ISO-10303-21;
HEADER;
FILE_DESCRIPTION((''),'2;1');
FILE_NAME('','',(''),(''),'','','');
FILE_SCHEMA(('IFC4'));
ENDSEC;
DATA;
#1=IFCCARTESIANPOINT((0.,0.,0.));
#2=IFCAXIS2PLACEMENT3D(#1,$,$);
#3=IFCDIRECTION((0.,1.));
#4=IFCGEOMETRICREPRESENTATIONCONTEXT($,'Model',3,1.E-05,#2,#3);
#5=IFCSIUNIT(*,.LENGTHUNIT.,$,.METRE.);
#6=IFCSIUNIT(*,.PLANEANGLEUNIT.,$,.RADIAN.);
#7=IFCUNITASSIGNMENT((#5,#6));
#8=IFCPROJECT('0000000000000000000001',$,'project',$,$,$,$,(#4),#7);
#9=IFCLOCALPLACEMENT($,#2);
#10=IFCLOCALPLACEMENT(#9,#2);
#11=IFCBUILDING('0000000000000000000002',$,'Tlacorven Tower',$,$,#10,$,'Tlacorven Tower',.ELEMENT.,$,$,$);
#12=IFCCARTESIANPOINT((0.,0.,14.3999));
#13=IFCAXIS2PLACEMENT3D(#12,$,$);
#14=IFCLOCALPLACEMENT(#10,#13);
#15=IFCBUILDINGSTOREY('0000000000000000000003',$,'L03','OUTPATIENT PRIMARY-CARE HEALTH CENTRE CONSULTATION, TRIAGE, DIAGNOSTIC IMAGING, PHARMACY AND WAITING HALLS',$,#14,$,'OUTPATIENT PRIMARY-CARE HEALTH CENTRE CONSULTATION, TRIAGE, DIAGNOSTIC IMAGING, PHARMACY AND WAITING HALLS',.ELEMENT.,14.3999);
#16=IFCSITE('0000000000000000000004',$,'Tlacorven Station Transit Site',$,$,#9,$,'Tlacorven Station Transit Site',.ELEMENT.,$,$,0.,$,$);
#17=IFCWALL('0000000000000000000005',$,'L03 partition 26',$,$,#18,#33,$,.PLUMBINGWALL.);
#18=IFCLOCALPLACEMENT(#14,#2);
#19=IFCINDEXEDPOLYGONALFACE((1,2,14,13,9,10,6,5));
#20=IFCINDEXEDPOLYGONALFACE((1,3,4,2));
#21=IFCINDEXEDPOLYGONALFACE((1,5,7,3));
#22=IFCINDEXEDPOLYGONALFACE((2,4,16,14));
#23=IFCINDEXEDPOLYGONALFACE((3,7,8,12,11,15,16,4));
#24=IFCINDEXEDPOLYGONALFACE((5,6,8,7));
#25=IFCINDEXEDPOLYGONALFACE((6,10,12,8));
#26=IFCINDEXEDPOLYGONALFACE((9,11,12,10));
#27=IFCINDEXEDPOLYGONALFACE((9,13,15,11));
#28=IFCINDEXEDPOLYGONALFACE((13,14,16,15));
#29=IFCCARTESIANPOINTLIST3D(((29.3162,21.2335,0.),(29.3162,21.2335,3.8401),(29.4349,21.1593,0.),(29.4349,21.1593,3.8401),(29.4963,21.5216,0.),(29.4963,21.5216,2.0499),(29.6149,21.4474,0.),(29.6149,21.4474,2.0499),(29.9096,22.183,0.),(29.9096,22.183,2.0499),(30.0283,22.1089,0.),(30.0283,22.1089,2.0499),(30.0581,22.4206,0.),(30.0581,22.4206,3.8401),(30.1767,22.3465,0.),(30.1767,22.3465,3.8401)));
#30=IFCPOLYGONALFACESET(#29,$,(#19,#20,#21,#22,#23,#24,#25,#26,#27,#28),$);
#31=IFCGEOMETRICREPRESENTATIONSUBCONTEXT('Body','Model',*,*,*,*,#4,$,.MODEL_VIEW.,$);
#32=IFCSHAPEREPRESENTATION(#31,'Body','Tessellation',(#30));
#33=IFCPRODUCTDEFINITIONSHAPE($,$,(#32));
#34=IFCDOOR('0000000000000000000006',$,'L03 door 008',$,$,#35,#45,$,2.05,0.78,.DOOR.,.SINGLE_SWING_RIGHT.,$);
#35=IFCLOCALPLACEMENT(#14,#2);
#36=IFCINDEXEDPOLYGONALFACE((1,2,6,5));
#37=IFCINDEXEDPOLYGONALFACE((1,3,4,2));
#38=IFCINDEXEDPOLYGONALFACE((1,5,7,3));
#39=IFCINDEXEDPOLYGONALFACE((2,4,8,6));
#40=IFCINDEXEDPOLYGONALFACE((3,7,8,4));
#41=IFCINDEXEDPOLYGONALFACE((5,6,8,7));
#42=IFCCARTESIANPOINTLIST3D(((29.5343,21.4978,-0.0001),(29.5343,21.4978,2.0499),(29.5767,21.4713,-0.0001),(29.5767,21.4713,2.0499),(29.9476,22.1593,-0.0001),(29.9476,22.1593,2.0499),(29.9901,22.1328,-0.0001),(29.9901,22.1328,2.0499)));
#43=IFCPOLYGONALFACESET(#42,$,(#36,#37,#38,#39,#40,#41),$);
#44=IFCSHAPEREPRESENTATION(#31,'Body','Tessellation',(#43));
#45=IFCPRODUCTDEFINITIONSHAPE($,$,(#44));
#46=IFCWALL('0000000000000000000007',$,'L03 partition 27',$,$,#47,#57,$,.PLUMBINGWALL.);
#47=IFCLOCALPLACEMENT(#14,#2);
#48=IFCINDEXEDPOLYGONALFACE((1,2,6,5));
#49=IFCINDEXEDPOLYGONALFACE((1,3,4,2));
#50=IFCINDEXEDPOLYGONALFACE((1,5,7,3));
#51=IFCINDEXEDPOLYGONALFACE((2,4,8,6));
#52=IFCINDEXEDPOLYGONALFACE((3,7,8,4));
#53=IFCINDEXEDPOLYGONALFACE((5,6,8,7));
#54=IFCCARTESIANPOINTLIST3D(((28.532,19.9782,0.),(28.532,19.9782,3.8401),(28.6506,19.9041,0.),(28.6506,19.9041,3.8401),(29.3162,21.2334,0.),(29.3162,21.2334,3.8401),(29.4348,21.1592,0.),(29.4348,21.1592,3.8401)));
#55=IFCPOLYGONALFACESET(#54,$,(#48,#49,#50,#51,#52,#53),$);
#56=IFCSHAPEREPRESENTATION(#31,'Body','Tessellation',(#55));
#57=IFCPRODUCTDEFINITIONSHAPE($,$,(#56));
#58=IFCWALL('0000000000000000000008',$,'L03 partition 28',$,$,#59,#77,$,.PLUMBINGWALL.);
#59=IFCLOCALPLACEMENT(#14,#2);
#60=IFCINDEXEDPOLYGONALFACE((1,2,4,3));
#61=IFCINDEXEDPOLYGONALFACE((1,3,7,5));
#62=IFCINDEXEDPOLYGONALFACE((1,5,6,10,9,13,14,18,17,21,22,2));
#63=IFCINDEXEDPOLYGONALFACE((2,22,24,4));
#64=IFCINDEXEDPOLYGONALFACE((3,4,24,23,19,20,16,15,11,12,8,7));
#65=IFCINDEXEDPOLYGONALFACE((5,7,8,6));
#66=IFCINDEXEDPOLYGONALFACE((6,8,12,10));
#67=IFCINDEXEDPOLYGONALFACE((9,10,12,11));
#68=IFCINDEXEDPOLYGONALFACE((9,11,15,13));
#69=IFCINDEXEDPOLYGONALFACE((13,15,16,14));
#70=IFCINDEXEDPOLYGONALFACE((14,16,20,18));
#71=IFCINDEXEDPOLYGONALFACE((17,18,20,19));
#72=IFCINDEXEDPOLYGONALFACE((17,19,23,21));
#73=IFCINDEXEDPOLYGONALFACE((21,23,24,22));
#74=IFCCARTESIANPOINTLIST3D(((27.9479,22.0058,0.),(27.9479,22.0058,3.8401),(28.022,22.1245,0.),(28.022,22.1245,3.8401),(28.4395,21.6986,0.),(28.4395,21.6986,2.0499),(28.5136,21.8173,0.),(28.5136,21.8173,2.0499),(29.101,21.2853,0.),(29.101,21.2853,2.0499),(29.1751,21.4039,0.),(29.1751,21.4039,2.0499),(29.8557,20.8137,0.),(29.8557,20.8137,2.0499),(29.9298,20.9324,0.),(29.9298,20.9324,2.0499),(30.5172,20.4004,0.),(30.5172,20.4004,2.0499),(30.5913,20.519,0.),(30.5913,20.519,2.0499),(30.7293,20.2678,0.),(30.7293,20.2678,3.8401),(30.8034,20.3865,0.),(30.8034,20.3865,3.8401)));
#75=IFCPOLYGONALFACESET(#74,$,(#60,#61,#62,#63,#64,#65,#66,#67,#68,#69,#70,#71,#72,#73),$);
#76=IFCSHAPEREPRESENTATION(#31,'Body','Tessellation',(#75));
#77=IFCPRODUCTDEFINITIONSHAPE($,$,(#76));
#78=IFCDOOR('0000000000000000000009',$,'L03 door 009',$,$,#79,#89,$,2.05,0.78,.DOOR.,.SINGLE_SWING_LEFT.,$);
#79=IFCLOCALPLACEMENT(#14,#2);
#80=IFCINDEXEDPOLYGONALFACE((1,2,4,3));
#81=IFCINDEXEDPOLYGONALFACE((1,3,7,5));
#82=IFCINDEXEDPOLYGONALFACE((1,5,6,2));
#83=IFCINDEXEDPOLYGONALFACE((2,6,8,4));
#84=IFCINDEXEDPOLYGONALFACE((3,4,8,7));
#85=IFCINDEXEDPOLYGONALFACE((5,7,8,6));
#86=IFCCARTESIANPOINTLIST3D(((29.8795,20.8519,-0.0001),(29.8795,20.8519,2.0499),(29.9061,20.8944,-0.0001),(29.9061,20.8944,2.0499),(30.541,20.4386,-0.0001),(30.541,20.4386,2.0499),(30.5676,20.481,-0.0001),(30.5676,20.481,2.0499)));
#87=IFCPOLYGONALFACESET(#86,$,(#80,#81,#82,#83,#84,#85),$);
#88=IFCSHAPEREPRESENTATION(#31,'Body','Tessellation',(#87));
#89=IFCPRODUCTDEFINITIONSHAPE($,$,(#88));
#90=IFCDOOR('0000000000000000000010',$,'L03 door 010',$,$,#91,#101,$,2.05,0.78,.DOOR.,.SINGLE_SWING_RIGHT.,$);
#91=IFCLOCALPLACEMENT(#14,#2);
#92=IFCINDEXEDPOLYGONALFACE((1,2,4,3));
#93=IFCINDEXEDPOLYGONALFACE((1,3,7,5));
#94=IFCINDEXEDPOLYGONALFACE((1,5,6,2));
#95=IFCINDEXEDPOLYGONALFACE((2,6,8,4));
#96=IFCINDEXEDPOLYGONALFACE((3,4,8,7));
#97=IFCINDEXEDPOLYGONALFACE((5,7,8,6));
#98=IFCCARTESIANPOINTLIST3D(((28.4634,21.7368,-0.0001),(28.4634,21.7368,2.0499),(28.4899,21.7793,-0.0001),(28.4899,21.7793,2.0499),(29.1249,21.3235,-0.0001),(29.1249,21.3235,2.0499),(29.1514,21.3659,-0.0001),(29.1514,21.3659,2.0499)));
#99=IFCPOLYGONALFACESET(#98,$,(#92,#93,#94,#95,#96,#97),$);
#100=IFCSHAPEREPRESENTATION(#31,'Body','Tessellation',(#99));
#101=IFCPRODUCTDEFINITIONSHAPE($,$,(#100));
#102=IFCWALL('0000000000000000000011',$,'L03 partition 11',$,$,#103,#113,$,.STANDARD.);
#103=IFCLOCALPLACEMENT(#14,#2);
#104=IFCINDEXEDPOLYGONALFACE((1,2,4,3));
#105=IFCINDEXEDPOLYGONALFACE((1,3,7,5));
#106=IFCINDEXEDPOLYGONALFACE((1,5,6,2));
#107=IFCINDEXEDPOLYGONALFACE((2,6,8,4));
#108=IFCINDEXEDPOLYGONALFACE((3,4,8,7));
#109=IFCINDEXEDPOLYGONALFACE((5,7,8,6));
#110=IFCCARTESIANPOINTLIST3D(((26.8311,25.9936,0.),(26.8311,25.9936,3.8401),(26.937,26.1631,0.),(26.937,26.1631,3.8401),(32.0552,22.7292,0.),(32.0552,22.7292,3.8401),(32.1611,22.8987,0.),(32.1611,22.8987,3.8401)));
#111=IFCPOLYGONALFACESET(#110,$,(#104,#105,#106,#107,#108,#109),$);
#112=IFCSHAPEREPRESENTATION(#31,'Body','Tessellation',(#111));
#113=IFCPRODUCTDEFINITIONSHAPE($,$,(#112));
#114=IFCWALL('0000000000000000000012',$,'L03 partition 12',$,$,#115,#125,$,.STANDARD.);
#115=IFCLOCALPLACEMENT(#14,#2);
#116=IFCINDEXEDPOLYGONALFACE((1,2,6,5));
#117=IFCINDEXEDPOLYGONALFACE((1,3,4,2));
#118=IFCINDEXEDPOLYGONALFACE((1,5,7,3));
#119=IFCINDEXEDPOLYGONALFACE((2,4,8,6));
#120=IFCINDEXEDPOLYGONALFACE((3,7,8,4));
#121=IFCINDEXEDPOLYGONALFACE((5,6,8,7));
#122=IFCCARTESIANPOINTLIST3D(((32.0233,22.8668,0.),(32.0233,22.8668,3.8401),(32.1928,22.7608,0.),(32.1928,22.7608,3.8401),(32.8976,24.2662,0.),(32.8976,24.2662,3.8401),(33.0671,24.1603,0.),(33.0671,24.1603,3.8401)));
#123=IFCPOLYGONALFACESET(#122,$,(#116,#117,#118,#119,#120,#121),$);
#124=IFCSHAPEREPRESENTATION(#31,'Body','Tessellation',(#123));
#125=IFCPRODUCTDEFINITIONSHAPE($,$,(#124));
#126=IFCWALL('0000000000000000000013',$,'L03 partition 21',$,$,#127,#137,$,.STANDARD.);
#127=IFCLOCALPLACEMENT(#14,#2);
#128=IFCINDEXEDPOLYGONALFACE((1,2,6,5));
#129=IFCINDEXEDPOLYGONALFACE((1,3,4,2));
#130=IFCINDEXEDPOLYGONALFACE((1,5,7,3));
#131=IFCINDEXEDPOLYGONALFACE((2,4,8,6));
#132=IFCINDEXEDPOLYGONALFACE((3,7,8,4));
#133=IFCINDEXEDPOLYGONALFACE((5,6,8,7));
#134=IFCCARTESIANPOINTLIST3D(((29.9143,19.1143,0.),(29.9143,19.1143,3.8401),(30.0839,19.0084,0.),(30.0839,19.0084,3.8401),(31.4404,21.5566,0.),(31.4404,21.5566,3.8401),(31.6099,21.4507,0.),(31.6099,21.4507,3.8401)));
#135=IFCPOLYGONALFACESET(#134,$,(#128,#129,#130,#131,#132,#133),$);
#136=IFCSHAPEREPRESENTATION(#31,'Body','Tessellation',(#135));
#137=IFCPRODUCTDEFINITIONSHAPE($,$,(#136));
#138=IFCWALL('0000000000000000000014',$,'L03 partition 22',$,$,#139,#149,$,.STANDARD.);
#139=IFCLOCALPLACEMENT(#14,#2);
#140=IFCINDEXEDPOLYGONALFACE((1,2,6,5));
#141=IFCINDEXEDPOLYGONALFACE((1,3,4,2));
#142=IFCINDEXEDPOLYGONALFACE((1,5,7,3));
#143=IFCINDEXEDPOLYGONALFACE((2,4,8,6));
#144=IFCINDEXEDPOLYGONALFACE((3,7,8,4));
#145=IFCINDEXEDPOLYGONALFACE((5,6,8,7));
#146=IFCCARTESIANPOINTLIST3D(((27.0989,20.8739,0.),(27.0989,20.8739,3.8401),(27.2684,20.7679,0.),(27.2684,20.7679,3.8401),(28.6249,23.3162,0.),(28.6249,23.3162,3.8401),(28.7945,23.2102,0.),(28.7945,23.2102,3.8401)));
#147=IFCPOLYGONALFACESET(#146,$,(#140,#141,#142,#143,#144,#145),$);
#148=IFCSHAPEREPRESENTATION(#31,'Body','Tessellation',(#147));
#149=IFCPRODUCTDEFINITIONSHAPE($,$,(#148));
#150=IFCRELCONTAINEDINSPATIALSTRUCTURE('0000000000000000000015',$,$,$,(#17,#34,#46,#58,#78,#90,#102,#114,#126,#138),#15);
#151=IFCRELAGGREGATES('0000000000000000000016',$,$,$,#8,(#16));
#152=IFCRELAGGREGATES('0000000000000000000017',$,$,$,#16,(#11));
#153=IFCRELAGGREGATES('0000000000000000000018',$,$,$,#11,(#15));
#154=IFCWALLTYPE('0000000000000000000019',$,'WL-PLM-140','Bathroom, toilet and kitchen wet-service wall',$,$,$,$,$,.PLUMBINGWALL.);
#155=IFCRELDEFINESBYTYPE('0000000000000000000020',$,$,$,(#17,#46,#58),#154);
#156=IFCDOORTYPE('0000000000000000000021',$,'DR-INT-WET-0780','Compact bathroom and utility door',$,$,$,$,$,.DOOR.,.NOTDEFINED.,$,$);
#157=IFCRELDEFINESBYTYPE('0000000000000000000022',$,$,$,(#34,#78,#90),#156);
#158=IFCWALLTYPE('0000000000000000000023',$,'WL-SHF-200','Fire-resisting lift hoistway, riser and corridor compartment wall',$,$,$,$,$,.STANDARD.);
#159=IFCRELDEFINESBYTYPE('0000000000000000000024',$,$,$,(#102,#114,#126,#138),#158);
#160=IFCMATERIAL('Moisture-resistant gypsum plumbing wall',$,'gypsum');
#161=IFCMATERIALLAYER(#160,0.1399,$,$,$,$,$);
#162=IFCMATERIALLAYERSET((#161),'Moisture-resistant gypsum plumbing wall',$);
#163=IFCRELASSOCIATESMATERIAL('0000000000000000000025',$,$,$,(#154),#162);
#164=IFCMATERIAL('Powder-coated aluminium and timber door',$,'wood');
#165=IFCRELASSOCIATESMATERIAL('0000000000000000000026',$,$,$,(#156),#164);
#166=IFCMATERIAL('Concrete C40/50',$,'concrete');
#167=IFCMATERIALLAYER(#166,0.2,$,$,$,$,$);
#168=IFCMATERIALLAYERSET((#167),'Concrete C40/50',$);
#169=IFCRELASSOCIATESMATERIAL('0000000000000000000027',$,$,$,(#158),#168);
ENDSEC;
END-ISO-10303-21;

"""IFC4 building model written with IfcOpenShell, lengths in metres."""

from ifc_helpers import new_model, si_unit, direction, frame, frame_2d, origin, place, context, subcontext, project, spatial, rectangle, extrude, source, transform, mapped, material, layer, layer_set, type_object, element, fill, save


model = new_model("IFC4")

# Units and contexts
model_context = context("Model", 3, precision=1e-05, world=origin(), true_north=direction((0.0, 1.0)))
body_context = subcontext(model_context, "Body", "Model", "MODEL_VIEW")
ifc_project = project(units=[si_unit("LENGTHUNIT", "METRE"), si_unit("PLANEANGLEUNIT", "RADIAN")], contexts=[model_context])

# Site, building, storey
site_placement = place(None, origin())
site = spatial("IfcSite", under=ifc_project, at=site_placement, Name="Tlacorven Station Transit Site", LongName="Tlacorven Station Transit Site", CompositionType="ELEMENT", RefElevation=0.0)
building_placement = place(site_placement, origin())
building = spatial("IfcBuilding", under=site, at=building_placement, Name="Tlacorven Tower", LongName="Tlacorven Tower", CompositionType="ELEMENT")
storey_placement = place(building_placement, frame((0.0, 0.0, 14.3999)))
storey = spatial("IfcBuildingStorey", under=building, at=storey_placement, Name="L03", Description="OUTPATIENT PRIMARY-CARE HEALTH CENTRE CONSULTATION, TRIAGE, DIAGNOSTIC IMAGING, PHARMACY AND WAITING HALLS", LongName="OUTPATIENT PRIMARY-CARE HEALTH CENTRE CONSULTATION, TRIAGE, DIAGNOSTIC IMAGING, PHARMACY AND WAITING HALLS", CompositionType="ELEMENT", Elevation=14.3999)

# Wall, opening, door
ifc_material_1 = material(Name="Moisture-resistant gypsum plumbing wall", Category="gypsum")
ifc_layer_1 = layer(ifc_material_1, 0.1399)
ifc_layer_set_1 = layer_set([ifc_layer_1], Name="Moisture-resistant gypsum plumbing wall")
wall_type_1 = type_object("IfcWallType", Name="WL-PLM-140", Description="Bathroom, toilet and kitchen wet-service wall", PredefinedType="PLUMBINGWALL", material=ifc_layer_set_1)
wall_1_placement = place(storey_placement, frame((30.1174, 22.3835, 0.0), z_axis=(0.0, 0.0, 1.0), x_axis=(-0.529952, -0.848028, 0.0)))
wall_1 = element("IfcWall", 1, at=wall_1_placement, inside=storey, type_object=wall_type_1, Name="L03 partition 26", PredefinedType="PLUMBINGWALL", context=body_context, shape_type="SweptSolid", body=[
    extrude(rectangle(XDim=1.3999, YDim=0.1399, at=frame_2d((0.7, 0.0))), origin(), (0.0, 0.0, 1.0), 3.8401),
])
opening_1_placement = place(wall_1_placement, frame((0.28, 0.0, 0.0)))
opening_1 = element("IfcOpeningElement", 2, at=opening_1_placement, cuts=wall_1, PredefinedType="OPENING", context=body_context, shape_type="SweptSolid", body=[
    extrude(rectangle(XDim=0.78, YDim=2.05, at=frame_2d((0.3901, 1.0249))), frame((0.0, 0.0801, 0.0), z_axis=(0.0, -1.0, 0.0), x_axis=(1.0, 0.0, 0.0)), (0.0, 0.0, 1.0), 0.1599),
])
ifc_material_2 = material(Name="Powder-coated aluminium and timber door", Category="wood")
door_type_1 = type_object("IfcDoorType", Name="DR-INT-WET-0780", Description="Compact bathroom and utility door", OperationType="NOTDEFINED", PredefinedType="DOOR", material=ifc_material_2)
shared_shape_1 = source(origin(), body_context, "Body", "SweptSolid", [
    extrude(rectangle(XDim=0.78, YDim=2.05, at=frame_2d((0.3901, 1.0249))), frame((0.0, 0.0249, 0.0), z_axis=(0.0, -1.0, 0.0), x_axis=(1.0, 0.0, 0.0)), (0.0, 0.0, 1.0), 0.05),
])
door_1_placement = place(opening_1_placement, origin())
door_1 = element("IfcDoor", 3, at=door_1_placement, inside=storey, type_object=door_type_1, Name="L03 door 008", OperationType="SINGLE_SWING_RIGHT", OverallHeight=2.05, OverallWidth=0.78, PredefinedType="DOOR", context=body_context, shape_type="MappedRepresentation", body=[
    mapped(shared_shape_1, transform((0.0, 0.0, 0.0), scale=1.0)),
])
fill(opening_1, door_1)

# Wall
wall_2_placement = place(storey_placement, frame((29.3755, 21.1963, 0.0), z_axis=(0.0, 0.0, 1.0), x_axis=(-0.529865, -0.848082, 0.0)))
element("IfcWall", 4, at=wall_2_placement, inside=storey, type_object=wall_type_1, Name="L03 partition 27", PredefinedType="PLUMBINGWALL", context=body_context, shape_type="SweptSolid", body=[
    extrude(rectangle(XDim=1.48, YDim=0.1399, at=frame_2d((0.74, 0.0))), origin(), (0.0, 0.0, 1.0), 3.8401),
])

# Wall, openings, doors
wall_3_placement = place(storey_placement, frame((30.7664, 20.3271, 0.0), z_axis=(0.0, 0.0, 1.0), x_axis=(-0.848053, 0.529912, 0.0)))
wall_3 = element("IfcWall", 5, at=wall_3_placement, inside=storey, type_object=wall_type_1, Name="L03 partition 28", PredefinedType="PLUMBINGWALL", context=body_context, shape_type="SweptSolid", body=[
    extrude(rectangle(XDim=3.2798, YDim=0.1399, at=frame_2d((1.6399, 0.0))), origin(), (0.0, 0.0, 1.0), 3.8401),
])
opening_2_placement = place(wall_3_placement, frame((0.25, 0.0, 0.0)))
opening_2 = element("IfcOpeningElement", 6, at=opening_2_placement, cuts=wall_3, PredefinedType="OPENING", context=body_context, shape_type="SweptSolid", body=[
    extrude(rectangle(XDim=0.78, YDim=2.05, at=frame_2d((0.3901, 1.0249))), frame((0.0, 0.0801, 0.0), z_axis=(0.0, -1.0, 0.0), x_axis=(1.0, 0.0, 0.0)), (0.0, 0.0, 1.0), 0.1599),
])
opening_3_placement = place(wall_3_placement, frame((1.9199, 0.0, 0.0)))
opening_3 = element("IfcOpeningElement", 7, at=opening_3_placement, cuts=wall_3, PredefinedType="OPENING", context=body_context, shape_type="SweptSolid", body=[
    extrude(rectangle(XDim=0.78, YDim=2.05, at=frame_2d((0.3901, 1.0249))), frame((0.0, 0.0801, 0.0), z_axis=(0.0, -1.0, 0.0), x_axis=(1.0, 0.0, 0.0)), (0.0, 0.0, 1.0), 0.1599),
])
door_2_placement = place(opening_2_placement, origin())
door_2 = element("IfcDoor", 8, at=door_2_placement, inside=storey, type_object=door_type_1, Name="L03 door 009", OperationType="SINGLE_SWING_LEFT", OverallHeight=2.05, OverallWidth=0.78, PredefinedType="DOOR", context=body_context, shape_type="MappedRepresentation", body=[
    mapped(shared_shape_1, transform((0.0, 0.0, 0.0), scale=1.0)),
])
fill(opening_2, door_2)
door_3_placement = place(opening_3_placement, origin())
door_3 = element("IfcDoor", 9, at=door_3_placement, inside=storey, type_object=door_type_1, Name="L03 door 010", OperationType="SINGLE_SWING_RIGHT", OverallHeight=2.05, OverallWidth=0.78, PredefinedType="DOOR", context=body_context, shape_type="MappedRepresentation", body=[
    mapped(shared_shape_1, transform((0.0, 0.0, 0.0), scale=1.0)),
])
fill(opening_3, door_3)

# Walls
ifc_material_3 = material(Name="Concrete C40/50", Category="concrete")
ifc_layer_2 = layer(ifc_material_3, 0.2)
ifc_layer_set_2 = layer_set([ifc_layer_2], Name="Concrete C40/50")
wall_type_2 = type_object("IfcWallType", Name="WL-SHF-200", Description="Fire-resisting lift hoistway, riser and corridor compartment wall", PredefinedType="STANDARD", material=ifc_layer_set_2)
wall_4_placement = place(storey_placement, frame((32.1082, 22.814, 0.0), z_axis=(0.0, 0.0, 1.0), x_axis=(-0.848047, 0.529921, 0.0)))
element("IfcWall", 10, at=wall_4_placement, inside=storey, type_object=wall_type_2, Name="L03 partition 11", PredefinedType="STANDARD", context=body_context, shape_type="SweptSolid", body=[
    extrude(rectangle(XDim=6.1602, YDim=0.2, at=frame_2d((3.0801, 0.0))), origin(), (0.0, 0.0, 1.0), 3.8401),
])
wall_5_placement = place(storey_placement, frame((32.9824, 24.2134, 0.0), z_axis=(0.0, 0.0, 1.0), x_axis=(-0.529839, -0.848098, 0.0)))
element("IfcWall", 11, at=wall_5_placement, inside=storey, type_object=wall_type_2, Name="L03 partition 12", PredefinedType="STANDARD", context=body_context, shape_type="SweptSolid", body=[
    extrude(rectangle(XDim=1.6501, YDim=0.2, at=frame_2d((0.8252, 0.0))), origin(), (0.0, 0.0, 1.0), 3.8401),
])
for number, where, z_axis, x_axis, name in (
    (12, (31.5251, 21.5037, 0.0), (0.0, 0.0, 1.0), (-0.529907, -0.848055, 0.0), "L03 partition 21"),
    (13, (28.7097, 23.2632, 0.0), (0.0, 0.0, 1.0), (-0.529907, -0.848055, 0.0), "L03 partition 22"),
):
    element("IfcWall", number, at=place(storey_placement, frame(where, z_axis=z_axis, x_axis=x_axis)), inside=storey, type_object=wall_type_2, Name=name, PredefinedType="STANDARD", context=body_context, shape_type="SweptSolid", body=[
        extrude(rectangle(XDim=2.8799, YDim=0.2, at=frame_2d((1.4399, 0.0))), origin(), (0.0, 0.0, 1.0), 3.8401),
    ])

save(model, "model.ifc")
